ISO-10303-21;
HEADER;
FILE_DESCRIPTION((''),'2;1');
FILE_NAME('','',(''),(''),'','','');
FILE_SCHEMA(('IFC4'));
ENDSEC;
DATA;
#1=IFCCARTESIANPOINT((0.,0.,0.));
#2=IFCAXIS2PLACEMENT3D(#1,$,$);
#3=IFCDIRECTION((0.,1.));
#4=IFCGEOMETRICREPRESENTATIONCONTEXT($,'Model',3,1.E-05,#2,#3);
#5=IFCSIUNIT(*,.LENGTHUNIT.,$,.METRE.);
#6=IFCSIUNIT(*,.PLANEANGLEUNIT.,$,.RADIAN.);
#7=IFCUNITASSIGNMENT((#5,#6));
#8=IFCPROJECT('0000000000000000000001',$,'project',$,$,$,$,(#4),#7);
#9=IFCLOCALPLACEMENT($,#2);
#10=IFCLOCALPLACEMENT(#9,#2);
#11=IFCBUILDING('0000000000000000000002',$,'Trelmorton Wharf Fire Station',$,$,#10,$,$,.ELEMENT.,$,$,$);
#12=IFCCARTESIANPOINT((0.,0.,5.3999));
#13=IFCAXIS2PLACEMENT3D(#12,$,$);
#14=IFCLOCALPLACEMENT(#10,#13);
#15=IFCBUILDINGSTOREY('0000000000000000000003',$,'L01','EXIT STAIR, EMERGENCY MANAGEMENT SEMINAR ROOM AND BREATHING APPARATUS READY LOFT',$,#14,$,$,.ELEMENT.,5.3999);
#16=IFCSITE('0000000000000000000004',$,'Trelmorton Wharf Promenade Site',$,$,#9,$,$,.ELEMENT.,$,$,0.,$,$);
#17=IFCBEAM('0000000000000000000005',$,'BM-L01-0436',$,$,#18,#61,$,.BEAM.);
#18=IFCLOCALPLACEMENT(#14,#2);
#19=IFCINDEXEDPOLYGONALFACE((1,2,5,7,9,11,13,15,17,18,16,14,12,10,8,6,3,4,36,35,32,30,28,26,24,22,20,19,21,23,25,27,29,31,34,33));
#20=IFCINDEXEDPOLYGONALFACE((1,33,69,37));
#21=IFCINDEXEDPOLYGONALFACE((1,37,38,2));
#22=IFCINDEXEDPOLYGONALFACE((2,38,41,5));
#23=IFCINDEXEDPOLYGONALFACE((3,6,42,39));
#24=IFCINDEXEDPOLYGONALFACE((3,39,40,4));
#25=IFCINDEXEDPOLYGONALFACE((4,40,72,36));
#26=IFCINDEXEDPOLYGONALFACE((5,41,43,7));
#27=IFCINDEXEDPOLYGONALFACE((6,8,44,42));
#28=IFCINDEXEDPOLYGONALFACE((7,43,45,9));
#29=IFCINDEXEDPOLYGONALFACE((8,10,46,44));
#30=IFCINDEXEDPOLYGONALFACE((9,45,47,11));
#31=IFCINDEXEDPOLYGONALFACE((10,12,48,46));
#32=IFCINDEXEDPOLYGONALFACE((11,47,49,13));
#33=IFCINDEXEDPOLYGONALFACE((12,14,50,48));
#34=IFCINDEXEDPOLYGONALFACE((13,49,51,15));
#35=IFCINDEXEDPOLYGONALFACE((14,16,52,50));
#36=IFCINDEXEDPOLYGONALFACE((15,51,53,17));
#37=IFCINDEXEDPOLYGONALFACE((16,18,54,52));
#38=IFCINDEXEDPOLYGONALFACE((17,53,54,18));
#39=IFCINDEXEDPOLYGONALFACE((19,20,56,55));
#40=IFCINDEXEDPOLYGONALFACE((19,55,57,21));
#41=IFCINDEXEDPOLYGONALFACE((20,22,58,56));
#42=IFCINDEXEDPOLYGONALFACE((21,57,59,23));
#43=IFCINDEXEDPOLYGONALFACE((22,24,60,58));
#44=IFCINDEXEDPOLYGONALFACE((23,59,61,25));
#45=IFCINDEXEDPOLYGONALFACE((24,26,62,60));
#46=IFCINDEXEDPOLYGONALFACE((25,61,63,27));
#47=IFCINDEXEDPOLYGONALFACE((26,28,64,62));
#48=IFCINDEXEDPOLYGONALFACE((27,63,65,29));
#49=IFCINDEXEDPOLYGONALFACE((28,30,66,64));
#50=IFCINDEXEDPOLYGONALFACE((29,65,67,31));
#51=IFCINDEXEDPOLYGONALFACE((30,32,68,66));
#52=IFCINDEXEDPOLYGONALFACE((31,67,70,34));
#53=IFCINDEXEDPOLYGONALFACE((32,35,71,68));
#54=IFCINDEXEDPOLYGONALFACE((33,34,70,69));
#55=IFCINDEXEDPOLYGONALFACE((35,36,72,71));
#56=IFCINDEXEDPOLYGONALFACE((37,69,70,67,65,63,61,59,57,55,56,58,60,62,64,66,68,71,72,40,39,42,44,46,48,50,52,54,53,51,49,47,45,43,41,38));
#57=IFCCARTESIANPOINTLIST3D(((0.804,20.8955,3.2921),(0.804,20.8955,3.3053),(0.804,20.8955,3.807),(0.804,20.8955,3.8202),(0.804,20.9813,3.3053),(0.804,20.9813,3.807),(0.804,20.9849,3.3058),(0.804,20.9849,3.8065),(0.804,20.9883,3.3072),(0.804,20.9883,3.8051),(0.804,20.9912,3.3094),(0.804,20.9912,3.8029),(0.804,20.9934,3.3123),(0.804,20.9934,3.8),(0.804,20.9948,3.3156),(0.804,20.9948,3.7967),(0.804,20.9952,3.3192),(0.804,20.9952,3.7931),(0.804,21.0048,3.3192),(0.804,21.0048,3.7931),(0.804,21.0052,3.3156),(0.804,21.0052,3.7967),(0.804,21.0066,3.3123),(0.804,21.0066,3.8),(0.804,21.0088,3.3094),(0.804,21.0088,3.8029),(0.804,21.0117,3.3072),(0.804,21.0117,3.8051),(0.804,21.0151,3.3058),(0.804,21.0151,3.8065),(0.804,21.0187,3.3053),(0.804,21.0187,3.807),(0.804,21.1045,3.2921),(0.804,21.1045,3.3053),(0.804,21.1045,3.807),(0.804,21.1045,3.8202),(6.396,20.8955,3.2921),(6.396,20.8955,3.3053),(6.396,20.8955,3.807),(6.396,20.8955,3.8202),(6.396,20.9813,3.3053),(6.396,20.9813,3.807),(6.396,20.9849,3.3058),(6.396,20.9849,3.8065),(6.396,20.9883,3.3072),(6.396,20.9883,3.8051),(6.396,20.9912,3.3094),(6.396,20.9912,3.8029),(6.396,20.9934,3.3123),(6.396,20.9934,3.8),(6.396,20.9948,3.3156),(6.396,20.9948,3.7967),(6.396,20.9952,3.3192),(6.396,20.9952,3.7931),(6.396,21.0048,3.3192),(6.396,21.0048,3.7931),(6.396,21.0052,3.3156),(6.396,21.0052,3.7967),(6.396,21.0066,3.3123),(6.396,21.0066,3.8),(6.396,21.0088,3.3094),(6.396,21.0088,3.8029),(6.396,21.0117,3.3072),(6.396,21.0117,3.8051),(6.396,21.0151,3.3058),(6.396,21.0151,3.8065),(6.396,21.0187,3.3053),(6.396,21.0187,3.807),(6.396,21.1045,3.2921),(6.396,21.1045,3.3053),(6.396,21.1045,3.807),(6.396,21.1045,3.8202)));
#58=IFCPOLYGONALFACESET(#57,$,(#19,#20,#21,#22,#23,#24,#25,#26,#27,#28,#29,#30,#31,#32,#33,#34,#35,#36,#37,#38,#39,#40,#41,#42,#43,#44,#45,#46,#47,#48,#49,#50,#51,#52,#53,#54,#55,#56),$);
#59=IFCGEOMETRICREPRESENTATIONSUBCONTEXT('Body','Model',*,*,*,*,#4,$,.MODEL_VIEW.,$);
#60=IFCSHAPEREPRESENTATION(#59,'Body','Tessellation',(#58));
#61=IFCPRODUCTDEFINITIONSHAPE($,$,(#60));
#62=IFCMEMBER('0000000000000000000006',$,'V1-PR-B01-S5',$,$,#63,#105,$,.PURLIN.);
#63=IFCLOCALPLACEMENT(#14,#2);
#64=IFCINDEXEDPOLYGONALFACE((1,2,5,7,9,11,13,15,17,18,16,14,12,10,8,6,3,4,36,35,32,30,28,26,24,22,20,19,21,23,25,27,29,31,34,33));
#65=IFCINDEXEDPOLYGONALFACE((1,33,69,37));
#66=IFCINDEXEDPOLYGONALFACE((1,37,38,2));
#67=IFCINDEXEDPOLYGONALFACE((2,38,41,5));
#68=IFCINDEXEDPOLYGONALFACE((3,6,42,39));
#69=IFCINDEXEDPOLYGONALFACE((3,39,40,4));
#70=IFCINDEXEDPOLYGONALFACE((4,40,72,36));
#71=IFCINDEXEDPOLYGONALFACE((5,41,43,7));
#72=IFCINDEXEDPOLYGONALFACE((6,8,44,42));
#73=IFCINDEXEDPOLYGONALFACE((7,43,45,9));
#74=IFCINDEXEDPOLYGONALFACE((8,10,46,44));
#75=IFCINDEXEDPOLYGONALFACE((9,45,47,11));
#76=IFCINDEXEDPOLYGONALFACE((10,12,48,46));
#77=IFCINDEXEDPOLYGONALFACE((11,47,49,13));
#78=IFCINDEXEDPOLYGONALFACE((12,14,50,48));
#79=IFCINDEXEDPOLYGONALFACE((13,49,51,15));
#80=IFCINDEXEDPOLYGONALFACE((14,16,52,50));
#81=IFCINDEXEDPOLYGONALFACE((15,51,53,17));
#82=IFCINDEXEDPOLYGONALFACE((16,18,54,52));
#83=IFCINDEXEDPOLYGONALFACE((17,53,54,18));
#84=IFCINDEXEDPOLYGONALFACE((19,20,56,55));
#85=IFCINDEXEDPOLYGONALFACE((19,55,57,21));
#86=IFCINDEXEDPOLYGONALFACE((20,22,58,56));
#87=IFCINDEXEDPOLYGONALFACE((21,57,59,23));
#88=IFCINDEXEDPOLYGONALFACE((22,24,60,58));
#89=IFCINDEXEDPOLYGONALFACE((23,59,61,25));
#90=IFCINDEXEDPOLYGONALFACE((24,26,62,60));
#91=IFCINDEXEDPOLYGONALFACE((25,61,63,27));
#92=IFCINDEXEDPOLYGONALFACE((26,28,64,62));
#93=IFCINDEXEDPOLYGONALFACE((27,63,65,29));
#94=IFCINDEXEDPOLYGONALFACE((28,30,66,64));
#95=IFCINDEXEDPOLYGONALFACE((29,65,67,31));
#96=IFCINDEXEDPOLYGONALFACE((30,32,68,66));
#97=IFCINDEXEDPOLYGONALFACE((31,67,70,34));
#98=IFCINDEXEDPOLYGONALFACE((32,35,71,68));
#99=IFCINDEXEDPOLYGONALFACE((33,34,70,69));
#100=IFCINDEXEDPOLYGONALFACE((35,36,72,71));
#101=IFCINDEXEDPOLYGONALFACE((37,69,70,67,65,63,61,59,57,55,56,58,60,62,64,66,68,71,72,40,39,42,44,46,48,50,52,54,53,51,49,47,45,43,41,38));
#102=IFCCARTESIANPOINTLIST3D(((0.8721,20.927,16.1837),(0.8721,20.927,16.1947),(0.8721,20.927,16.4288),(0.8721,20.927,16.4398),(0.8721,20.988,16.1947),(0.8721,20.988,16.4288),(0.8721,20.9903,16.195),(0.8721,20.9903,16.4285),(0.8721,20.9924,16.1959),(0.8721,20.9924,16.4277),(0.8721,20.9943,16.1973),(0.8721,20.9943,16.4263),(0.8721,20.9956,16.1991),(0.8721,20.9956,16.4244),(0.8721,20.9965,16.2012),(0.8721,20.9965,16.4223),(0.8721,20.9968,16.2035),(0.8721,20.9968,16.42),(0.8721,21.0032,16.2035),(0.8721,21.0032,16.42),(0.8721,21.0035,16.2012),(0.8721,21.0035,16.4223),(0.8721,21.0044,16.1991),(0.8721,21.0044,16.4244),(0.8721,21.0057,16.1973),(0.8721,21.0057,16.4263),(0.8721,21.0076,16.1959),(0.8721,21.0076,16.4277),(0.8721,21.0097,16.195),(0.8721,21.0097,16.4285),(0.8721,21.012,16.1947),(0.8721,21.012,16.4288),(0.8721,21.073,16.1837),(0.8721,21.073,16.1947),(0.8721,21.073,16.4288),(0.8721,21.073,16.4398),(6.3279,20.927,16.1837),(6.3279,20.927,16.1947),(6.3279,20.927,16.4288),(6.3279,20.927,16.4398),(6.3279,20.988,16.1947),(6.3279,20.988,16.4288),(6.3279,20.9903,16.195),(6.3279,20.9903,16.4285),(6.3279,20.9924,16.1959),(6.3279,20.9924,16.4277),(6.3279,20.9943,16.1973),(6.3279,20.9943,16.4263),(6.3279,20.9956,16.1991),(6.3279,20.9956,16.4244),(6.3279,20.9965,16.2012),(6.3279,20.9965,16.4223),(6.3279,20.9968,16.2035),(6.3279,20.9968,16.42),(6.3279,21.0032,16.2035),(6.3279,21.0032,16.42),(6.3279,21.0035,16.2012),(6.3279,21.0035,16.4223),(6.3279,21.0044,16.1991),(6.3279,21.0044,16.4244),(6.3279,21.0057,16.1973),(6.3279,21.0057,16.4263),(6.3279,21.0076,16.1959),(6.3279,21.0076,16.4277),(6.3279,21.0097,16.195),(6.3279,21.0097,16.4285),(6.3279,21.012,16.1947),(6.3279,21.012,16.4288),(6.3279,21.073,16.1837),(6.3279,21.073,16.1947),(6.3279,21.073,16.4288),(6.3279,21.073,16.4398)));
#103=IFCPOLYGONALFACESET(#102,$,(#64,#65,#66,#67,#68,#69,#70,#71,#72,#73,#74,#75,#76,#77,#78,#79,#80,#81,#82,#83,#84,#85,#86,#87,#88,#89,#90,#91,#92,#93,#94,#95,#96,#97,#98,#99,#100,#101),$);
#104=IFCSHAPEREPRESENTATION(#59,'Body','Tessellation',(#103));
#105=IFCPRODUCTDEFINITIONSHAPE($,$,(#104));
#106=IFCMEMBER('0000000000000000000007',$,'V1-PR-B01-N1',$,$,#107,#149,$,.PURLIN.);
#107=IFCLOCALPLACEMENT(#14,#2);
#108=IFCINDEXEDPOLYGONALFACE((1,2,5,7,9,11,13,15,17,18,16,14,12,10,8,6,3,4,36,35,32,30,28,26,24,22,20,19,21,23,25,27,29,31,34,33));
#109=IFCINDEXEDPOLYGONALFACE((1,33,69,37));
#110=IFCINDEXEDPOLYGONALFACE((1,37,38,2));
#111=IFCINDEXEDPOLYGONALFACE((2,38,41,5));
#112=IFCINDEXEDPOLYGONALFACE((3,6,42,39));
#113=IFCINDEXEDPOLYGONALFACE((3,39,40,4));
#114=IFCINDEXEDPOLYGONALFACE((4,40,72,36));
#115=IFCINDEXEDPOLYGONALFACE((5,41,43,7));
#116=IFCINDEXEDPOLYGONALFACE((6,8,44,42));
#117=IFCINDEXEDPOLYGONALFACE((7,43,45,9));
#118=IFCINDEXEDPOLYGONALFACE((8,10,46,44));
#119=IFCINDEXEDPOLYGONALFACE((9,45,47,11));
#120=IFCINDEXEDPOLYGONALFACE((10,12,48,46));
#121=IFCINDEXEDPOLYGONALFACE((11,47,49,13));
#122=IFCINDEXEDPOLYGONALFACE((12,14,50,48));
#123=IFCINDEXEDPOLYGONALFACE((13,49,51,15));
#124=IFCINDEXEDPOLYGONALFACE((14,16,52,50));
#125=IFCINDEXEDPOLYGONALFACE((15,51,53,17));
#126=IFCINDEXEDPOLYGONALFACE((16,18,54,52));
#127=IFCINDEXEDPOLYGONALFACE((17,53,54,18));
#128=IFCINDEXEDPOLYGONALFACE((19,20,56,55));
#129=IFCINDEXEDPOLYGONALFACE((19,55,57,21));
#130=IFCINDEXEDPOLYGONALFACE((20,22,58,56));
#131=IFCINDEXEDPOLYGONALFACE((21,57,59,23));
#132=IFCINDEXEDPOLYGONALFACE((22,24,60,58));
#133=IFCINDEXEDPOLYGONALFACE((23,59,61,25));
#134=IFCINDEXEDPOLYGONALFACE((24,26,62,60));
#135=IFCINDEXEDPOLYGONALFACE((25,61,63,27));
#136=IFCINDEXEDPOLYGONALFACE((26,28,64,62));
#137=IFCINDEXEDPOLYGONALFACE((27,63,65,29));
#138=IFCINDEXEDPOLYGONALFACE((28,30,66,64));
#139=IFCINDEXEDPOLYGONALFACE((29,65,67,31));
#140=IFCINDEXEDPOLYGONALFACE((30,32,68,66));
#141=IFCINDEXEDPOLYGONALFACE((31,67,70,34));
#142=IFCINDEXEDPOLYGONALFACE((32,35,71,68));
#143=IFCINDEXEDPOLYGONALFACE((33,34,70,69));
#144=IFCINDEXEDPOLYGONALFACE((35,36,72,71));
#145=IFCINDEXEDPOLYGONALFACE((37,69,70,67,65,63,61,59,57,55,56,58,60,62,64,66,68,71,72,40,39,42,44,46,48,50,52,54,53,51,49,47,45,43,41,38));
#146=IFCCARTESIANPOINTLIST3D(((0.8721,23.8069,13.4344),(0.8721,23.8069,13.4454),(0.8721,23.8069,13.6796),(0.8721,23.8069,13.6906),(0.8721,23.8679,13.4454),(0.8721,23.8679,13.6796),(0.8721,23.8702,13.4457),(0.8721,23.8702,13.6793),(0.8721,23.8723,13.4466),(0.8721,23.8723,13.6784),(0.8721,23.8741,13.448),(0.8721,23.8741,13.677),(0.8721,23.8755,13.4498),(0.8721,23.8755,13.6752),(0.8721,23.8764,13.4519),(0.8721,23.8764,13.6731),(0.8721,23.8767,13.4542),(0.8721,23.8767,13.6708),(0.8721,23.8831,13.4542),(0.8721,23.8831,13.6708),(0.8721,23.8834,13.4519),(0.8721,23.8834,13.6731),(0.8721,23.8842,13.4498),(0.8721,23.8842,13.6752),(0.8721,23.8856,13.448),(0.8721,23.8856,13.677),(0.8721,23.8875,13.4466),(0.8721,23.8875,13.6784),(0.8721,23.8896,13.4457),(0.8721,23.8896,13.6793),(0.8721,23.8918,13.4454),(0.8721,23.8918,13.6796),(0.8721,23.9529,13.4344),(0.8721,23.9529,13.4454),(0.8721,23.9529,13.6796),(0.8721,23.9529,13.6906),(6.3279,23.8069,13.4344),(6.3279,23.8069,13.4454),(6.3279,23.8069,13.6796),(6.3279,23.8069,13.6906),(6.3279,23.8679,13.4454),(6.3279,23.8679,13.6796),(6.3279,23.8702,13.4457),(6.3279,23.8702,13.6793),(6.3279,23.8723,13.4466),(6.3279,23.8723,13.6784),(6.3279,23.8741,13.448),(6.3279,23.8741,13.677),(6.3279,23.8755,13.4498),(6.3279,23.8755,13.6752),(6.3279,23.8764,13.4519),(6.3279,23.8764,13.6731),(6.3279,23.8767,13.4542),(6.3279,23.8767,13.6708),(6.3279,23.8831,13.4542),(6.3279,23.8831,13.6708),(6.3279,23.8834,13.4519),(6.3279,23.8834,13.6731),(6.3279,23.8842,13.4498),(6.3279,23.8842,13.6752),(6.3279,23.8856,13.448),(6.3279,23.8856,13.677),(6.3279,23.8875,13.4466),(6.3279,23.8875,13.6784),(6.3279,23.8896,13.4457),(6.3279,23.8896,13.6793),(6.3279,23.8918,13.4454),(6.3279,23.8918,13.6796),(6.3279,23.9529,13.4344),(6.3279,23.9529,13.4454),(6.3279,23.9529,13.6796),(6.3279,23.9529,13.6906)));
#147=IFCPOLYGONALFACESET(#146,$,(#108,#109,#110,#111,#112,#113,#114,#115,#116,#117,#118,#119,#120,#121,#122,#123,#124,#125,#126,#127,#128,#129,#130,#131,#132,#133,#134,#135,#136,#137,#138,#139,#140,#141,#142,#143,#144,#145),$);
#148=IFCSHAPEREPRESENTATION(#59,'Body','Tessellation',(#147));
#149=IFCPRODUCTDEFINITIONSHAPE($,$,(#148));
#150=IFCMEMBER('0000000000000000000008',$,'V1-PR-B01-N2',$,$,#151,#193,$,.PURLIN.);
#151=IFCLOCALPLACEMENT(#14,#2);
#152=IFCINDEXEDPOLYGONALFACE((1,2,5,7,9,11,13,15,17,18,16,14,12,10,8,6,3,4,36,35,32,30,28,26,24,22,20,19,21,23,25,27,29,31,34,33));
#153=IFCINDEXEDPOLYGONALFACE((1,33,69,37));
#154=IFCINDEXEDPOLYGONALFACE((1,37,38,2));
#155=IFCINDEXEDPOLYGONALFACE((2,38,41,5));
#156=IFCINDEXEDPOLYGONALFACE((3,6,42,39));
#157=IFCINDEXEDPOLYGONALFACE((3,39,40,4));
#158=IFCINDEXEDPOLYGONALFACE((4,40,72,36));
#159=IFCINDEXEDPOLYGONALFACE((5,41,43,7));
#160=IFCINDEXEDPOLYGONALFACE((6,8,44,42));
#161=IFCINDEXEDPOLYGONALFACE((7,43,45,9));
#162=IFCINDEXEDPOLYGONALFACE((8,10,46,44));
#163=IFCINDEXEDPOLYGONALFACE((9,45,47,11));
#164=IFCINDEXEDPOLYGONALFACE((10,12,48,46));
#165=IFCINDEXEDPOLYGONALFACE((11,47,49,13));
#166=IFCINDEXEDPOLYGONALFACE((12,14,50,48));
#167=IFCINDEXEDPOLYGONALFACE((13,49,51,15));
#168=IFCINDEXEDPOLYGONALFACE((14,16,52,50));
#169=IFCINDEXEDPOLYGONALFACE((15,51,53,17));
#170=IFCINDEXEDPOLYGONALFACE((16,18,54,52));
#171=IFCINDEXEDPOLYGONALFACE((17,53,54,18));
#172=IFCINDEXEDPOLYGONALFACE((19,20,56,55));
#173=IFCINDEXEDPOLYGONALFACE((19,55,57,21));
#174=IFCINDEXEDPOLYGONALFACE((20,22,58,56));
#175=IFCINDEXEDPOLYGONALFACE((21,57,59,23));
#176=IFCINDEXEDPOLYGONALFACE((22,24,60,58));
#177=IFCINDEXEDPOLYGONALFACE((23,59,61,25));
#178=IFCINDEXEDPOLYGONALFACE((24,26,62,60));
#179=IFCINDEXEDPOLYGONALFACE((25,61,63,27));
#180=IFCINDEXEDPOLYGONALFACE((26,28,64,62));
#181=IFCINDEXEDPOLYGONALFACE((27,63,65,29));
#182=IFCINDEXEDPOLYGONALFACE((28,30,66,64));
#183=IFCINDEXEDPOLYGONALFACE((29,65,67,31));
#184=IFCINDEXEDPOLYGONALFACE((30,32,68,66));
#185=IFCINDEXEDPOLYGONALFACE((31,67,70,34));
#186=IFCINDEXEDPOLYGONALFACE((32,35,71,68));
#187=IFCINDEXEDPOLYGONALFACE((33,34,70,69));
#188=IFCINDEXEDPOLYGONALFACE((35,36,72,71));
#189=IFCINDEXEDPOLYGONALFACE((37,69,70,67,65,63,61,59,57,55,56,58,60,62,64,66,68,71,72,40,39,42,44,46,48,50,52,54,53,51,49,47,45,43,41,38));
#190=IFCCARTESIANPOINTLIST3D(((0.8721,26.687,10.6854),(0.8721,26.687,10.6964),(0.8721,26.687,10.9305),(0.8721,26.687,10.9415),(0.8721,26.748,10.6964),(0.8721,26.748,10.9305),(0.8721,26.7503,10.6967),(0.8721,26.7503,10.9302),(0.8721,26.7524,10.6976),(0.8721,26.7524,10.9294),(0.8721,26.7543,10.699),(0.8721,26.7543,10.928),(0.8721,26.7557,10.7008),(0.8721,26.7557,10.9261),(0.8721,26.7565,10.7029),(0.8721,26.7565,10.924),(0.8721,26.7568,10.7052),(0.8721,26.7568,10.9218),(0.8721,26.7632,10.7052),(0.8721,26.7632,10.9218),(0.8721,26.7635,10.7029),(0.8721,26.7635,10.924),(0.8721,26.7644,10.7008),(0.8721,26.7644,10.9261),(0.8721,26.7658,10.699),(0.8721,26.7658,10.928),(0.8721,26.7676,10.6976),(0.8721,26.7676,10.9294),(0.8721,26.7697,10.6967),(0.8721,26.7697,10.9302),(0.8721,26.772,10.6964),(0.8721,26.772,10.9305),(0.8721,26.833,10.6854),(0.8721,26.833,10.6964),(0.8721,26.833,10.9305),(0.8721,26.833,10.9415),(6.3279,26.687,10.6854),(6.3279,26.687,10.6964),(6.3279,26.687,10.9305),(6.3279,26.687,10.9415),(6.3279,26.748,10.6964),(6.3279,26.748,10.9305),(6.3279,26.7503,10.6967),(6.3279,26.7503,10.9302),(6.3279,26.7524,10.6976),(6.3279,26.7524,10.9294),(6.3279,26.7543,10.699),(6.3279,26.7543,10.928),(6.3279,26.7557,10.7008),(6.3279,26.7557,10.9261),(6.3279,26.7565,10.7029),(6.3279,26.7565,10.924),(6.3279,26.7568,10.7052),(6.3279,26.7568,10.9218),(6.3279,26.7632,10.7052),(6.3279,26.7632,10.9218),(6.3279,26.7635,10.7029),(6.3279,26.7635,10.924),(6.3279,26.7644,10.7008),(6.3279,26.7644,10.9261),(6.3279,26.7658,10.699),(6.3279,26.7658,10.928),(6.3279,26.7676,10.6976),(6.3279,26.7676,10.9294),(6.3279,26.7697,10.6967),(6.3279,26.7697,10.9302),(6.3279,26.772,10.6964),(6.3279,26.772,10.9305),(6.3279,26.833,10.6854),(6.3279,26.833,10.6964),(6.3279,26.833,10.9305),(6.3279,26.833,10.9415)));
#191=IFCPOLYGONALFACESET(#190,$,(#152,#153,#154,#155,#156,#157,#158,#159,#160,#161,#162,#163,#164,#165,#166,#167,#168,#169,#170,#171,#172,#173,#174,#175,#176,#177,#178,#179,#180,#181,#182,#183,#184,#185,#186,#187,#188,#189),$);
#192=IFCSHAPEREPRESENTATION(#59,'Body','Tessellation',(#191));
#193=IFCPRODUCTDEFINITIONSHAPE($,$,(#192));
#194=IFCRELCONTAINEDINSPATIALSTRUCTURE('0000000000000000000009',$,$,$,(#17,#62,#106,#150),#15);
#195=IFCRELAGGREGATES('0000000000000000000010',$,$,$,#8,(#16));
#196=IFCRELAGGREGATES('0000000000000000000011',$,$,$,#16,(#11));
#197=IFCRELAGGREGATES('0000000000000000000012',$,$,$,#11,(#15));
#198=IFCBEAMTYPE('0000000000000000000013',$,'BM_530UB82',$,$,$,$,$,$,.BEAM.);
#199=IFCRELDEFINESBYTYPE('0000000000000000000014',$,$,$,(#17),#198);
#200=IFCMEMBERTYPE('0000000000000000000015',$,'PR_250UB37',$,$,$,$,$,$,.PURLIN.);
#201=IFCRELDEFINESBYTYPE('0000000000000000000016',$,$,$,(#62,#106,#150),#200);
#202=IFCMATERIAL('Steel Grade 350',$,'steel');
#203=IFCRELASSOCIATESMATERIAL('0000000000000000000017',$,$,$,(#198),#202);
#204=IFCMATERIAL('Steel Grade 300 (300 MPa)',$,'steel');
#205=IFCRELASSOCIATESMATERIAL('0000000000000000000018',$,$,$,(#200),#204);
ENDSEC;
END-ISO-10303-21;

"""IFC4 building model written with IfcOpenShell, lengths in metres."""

from ifc_helpers import new_model, si_unit, direction, frame, origin, origin_2d, place, context, subcontext, project, spatial, i_section, extrude, material, material_profile, profile_set, type_object, element, save


model = new_model("IFC4")

# Units and contexts
model_context = context("Model", 3, precision=1e-05, world=origin(), true_north=direction((0.0, 1.0)))
body_context = subcontext(model_context, "Body", "Model", "MODEL_VIEW")
ifc_project = project(units=[si_unit("LENGTHUNIT", "METRE"), si_unit("PLANEANGLEUNIT", "RADIAN")], contexts=[model_context])

# Site, building, storey
site_placement = place(None, origin())
site = spatial("IfcSite", under=ifc_project, at=site_placement, Name="Trelmorton Wharf Promenade Site", CompositionType="ELEMENT", RefElevation=0.0)
building_placement = place(site_placement, origin())
building = spatial("IfcBuilding", under=site, at=building_placement, Name="Trelmorton Wharf Fire Station", CompositionType="ELEMENT")
storey_placement = place(building_placement, frame((0.0, 0.0, 5.3999)))
storey = spatial("IfcBuildingStorey", under=building, at=storey_placement, Name="L01", Description="EXIT STAIR, EMERGENCY MANAGEMENT SEMINAR ROOM AND BREATHING APPARATUS READY LOFT", CompositionType="ELEMENT", Elevation=5.3999)

# Beam
ifc_material_1 = material(Name="Steel Grade 350", Category="steel")
ifc_material_profile_1 = material_profile(ifc_material_1, i_section(OverallWidth=0.209, OverallDepth=0.5281, WebThickness=0.0095, FlangeThickness=0.0132, FilletRadius=0.0139, at=origin_2d()), Name="530UB82.0")
ifc_profile_set_1 = profile_set([ifc_material_profile_1], Name="Steel Grade 350")
beam_type_1 = type_object("IfcBeamType", Name="BM_530UB82", PredefinedType="BEAM", material=ifc_profile_set_1)
beam_placement = place(storey_placement, frame((0.804, 21.0, 3.5562), z_axis=(1.0, 0.0, 0.0), x_axis=(0.0, 1.0, 0.0)))
element("IfcBeam", 1, at=beam_placement, inside=storey, type_object=beam_type_1, Name="BM-L01-0436", PredefinedType="BEAM", context=body_context, shape_type="SweptSolid", body=[
    extrude(i_section(OverallWidth=0.209, OverallDepth=0.5281, WebThickness=0.0095, FlangeThickness=0.0132, FilletRadius=0.0139, at=origin_2d()), origin(), (0.0, 0.0, 1.0), 5.592),
])

# Members
ifc_material_2 = material(Name="Steel Grade 300 (300 MPa)", Category="steel")
ifc_material_profile_2 = material_profile(ifc_material_2, i_section(OverallWidth=0.146, OverallDepth=0.2561, WebThickness=0.0063, FlangeThickness=0.011, FilletRadius=0.0088, at=origin_2d()), Name="250UB37.3")
ifc_profile_set_2 = profile_set([ifc_material_profile_2], Name="Steel Grade 300 (300 MPa)")
member_type_1 = type_object("IfcMemberType", Name="PR_250UB37", PredefinedType="PURLIN", material=ifc_profile_set_2)
for number, where, z_axis, x_axis, name in (
    (2, (0.8721, 21.0, 16.3118), (1.0, 0.0, 0.0), (0.0, 1.0, 0.0), "V1-PR-B01-S5"),
    (3, (0.8721, 23.8799, 13.5625), (1.0, 0.0, 0.0), (0.0, 1.0, 0.0), "V1-PR-B01-N1"),
    (4, (0.8721, 26.76, 10.8135), (1.0, 0.0, 0.0), (0.0, 1.0, 0.0), "V1-PR-B01-N2"),
):
    element("IfcMember", number, at=place(storey_placement, frame(where, z_axis=z_axis, x_axis=x_axis)), inside=storey, type_object=member_type_1, Name=name, PredefinedType="PURLIN", context=body_context, shape_type="SweptSolid", body=[
        extrude(i_section(OverallWidth=0.146, OverallDepth=0.2561, WebThickness=0.0063, FlangeThickness=0.011, FilletRadius=0.0088, at=origin_2d()), origin(), (0.0, 0.0, 1.0), 5.4558),
    ])

save(model, "model.ifc")
